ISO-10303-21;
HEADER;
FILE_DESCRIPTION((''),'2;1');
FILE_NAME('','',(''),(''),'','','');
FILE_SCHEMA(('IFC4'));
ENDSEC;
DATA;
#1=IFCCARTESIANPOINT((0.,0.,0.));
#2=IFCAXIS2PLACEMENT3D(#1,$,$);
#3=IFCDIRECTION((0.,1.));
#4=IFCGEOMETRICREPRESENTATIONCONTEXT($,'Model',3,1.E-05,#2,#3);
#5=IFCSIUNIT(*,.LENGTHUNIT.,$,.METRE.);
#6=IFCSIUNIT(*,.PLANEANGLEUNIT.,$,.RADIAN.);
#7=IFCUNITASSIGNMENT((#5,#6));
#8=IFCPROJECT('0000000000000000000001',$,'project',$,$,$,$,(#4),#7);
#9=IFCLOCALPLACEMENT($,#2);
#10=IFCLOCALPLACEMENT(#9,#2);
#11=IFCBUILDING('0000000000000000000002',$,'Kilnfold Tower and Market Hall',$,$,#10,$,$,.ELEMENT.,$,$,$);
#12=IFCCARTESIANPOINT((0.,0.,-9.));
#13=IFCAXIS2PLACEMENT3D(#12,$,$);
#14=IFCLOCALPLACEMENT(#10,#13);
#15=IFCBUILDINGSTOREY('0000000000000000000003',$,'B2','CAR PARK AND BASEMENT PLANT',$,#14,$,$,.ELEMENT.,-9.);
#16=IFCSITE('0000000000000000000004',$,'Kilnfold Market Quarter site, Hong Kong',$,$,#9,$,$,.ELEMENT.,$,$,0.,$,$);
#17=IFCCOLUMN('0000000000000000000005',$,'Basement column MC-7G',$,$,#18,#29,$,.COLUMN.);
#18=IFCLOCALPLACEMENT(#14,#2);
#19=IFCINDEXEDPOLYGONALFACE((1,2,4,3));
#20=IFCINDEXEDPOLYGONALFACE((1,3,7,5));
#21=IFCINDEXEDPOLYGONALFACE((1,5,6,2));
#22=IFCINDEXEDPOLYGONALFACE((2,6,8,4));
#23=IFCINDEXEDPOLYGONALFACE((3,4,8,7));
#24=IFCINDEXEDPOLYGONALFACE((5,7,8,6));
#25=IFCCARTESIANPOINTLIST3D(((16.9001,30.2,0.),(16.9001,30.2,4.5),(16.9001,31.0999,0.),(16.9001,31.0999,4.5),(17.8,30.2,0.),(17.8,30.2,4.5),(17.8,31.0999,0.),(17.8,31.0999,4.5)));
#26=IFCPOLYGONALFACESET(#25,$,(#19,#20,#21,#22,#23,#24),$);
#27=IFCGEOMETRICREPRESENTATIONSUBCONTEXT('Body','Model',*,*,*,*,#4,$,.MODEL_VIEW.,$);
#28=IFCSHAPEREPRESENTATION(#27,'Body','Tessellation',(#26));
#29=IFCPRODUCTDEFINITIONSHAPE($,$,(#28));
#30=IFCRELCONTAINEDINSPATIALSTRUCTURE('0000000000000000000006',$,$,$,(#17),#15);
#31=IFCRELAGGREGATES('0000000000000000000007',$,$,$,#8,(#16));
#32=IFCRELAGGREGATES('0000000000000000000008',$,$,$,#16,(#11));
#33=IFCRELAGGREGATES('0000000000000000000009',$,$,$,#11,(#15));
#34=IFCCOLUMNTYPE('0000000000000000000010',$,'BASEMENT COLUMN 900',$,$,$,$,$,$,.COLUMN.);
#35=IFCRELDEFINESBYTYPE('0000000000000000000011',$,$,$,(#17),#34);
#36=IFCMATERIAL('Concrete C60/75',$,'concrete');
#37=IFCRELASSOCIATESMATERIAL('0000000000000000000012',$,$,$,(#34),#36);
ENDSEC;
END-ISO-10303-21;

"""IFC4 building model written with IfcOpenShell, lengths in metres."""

from ifc_helpers import new_model, si_unit, direction, frame, origin, origin_2d, place, context, subcontext, project, spatial, rectangle, extrude, source, transform, mapped, material, material_profile, profile_set, type_object, element, save


model = new_model("IFC4")

# Units and contexts
model_context = context("Model", 3, precision=1e-05, world=origin(), true_north=direction((0.0, 1.0)))
body_context = subcontext(model_context, "Body", "Model", "MODEL_VIEW")
ifc_project = project(units=[si_unit("LENGTHUNIT", "METRE"), si_unit("PLANEANGLEUNIT", "RADIAN")], contexts=[model_context])

# Site, building, storey
site_placement = place(None, origin())
site = spatial("IfcSite", under=ifc_project, at=site_placement, Name="Kilnfold Market Quarter site, Hong Kong", CompositionType="ELEMENT", RefElevation=0.0)
building_placement = place(site_placement, origin())
building = spatial("IfcBuilding", under=site, at=building_placement, Name="Kilnfold Tower and Market Hall", CompositionType="ELEMENT")
storey_placement = place(building_placement, frame((0.0, 0.0, -9.0)))
storey = spatial("IfcBuildingStorey", under=building, at=storey_placement, Name="B2", Description="CAR PARK AND BASEMENT PLANT", CompositionType="ELEMENT", Elevation=-9.0)

# Column
ifc_material_1 = material(Name="Concrete C60/75", Category="concrete")
ifc_material_profile_1 = material_profile(ifc_material_1, rectangle(XDim=0.8999, YDim=0.8999, at=origin_2d()), Name="RC 900x900")
ifc_profile_set_1 = profile_set([ifc_material_profile_1], Name="Concrete C60/75")
column_type_1 = type_object("IfcColumnType", Name="BASEMENT COLUMN 900", PredefinedType="COLUMN", material=ifc_profile_set_1)
shared_shape_1 = source(origin(), body_context, "Body", "SweptSolid", [
    extrude(rectangle(XDim=0.8999, YDim=0.8999, at=origin_2d()), origin(), (0.0, 0.0, 1.0), 4.5),
])
for number, where, z_axis, x_axis, name in (
    (1, (17.3501, 30.6499, 0.0), (0.0, 0.0, 1.0), (1.0, 0.0, 0.0), "Basement column MC-7G"),
):
    element("IfcColumn", number, at=place(storey_placement, frame(where, z_axis=z_axis, x_axis=x_axis)), inside=storey, type_object=column_type_1, Name=name, PredefinedType="COLUMN", context=body_context, shape_type="MappedRepresentation", body=[
        mapped(shared_shape_1, transform((0.0, 0.0, 0.0))),
    ])

save(model, "model.ifc")
